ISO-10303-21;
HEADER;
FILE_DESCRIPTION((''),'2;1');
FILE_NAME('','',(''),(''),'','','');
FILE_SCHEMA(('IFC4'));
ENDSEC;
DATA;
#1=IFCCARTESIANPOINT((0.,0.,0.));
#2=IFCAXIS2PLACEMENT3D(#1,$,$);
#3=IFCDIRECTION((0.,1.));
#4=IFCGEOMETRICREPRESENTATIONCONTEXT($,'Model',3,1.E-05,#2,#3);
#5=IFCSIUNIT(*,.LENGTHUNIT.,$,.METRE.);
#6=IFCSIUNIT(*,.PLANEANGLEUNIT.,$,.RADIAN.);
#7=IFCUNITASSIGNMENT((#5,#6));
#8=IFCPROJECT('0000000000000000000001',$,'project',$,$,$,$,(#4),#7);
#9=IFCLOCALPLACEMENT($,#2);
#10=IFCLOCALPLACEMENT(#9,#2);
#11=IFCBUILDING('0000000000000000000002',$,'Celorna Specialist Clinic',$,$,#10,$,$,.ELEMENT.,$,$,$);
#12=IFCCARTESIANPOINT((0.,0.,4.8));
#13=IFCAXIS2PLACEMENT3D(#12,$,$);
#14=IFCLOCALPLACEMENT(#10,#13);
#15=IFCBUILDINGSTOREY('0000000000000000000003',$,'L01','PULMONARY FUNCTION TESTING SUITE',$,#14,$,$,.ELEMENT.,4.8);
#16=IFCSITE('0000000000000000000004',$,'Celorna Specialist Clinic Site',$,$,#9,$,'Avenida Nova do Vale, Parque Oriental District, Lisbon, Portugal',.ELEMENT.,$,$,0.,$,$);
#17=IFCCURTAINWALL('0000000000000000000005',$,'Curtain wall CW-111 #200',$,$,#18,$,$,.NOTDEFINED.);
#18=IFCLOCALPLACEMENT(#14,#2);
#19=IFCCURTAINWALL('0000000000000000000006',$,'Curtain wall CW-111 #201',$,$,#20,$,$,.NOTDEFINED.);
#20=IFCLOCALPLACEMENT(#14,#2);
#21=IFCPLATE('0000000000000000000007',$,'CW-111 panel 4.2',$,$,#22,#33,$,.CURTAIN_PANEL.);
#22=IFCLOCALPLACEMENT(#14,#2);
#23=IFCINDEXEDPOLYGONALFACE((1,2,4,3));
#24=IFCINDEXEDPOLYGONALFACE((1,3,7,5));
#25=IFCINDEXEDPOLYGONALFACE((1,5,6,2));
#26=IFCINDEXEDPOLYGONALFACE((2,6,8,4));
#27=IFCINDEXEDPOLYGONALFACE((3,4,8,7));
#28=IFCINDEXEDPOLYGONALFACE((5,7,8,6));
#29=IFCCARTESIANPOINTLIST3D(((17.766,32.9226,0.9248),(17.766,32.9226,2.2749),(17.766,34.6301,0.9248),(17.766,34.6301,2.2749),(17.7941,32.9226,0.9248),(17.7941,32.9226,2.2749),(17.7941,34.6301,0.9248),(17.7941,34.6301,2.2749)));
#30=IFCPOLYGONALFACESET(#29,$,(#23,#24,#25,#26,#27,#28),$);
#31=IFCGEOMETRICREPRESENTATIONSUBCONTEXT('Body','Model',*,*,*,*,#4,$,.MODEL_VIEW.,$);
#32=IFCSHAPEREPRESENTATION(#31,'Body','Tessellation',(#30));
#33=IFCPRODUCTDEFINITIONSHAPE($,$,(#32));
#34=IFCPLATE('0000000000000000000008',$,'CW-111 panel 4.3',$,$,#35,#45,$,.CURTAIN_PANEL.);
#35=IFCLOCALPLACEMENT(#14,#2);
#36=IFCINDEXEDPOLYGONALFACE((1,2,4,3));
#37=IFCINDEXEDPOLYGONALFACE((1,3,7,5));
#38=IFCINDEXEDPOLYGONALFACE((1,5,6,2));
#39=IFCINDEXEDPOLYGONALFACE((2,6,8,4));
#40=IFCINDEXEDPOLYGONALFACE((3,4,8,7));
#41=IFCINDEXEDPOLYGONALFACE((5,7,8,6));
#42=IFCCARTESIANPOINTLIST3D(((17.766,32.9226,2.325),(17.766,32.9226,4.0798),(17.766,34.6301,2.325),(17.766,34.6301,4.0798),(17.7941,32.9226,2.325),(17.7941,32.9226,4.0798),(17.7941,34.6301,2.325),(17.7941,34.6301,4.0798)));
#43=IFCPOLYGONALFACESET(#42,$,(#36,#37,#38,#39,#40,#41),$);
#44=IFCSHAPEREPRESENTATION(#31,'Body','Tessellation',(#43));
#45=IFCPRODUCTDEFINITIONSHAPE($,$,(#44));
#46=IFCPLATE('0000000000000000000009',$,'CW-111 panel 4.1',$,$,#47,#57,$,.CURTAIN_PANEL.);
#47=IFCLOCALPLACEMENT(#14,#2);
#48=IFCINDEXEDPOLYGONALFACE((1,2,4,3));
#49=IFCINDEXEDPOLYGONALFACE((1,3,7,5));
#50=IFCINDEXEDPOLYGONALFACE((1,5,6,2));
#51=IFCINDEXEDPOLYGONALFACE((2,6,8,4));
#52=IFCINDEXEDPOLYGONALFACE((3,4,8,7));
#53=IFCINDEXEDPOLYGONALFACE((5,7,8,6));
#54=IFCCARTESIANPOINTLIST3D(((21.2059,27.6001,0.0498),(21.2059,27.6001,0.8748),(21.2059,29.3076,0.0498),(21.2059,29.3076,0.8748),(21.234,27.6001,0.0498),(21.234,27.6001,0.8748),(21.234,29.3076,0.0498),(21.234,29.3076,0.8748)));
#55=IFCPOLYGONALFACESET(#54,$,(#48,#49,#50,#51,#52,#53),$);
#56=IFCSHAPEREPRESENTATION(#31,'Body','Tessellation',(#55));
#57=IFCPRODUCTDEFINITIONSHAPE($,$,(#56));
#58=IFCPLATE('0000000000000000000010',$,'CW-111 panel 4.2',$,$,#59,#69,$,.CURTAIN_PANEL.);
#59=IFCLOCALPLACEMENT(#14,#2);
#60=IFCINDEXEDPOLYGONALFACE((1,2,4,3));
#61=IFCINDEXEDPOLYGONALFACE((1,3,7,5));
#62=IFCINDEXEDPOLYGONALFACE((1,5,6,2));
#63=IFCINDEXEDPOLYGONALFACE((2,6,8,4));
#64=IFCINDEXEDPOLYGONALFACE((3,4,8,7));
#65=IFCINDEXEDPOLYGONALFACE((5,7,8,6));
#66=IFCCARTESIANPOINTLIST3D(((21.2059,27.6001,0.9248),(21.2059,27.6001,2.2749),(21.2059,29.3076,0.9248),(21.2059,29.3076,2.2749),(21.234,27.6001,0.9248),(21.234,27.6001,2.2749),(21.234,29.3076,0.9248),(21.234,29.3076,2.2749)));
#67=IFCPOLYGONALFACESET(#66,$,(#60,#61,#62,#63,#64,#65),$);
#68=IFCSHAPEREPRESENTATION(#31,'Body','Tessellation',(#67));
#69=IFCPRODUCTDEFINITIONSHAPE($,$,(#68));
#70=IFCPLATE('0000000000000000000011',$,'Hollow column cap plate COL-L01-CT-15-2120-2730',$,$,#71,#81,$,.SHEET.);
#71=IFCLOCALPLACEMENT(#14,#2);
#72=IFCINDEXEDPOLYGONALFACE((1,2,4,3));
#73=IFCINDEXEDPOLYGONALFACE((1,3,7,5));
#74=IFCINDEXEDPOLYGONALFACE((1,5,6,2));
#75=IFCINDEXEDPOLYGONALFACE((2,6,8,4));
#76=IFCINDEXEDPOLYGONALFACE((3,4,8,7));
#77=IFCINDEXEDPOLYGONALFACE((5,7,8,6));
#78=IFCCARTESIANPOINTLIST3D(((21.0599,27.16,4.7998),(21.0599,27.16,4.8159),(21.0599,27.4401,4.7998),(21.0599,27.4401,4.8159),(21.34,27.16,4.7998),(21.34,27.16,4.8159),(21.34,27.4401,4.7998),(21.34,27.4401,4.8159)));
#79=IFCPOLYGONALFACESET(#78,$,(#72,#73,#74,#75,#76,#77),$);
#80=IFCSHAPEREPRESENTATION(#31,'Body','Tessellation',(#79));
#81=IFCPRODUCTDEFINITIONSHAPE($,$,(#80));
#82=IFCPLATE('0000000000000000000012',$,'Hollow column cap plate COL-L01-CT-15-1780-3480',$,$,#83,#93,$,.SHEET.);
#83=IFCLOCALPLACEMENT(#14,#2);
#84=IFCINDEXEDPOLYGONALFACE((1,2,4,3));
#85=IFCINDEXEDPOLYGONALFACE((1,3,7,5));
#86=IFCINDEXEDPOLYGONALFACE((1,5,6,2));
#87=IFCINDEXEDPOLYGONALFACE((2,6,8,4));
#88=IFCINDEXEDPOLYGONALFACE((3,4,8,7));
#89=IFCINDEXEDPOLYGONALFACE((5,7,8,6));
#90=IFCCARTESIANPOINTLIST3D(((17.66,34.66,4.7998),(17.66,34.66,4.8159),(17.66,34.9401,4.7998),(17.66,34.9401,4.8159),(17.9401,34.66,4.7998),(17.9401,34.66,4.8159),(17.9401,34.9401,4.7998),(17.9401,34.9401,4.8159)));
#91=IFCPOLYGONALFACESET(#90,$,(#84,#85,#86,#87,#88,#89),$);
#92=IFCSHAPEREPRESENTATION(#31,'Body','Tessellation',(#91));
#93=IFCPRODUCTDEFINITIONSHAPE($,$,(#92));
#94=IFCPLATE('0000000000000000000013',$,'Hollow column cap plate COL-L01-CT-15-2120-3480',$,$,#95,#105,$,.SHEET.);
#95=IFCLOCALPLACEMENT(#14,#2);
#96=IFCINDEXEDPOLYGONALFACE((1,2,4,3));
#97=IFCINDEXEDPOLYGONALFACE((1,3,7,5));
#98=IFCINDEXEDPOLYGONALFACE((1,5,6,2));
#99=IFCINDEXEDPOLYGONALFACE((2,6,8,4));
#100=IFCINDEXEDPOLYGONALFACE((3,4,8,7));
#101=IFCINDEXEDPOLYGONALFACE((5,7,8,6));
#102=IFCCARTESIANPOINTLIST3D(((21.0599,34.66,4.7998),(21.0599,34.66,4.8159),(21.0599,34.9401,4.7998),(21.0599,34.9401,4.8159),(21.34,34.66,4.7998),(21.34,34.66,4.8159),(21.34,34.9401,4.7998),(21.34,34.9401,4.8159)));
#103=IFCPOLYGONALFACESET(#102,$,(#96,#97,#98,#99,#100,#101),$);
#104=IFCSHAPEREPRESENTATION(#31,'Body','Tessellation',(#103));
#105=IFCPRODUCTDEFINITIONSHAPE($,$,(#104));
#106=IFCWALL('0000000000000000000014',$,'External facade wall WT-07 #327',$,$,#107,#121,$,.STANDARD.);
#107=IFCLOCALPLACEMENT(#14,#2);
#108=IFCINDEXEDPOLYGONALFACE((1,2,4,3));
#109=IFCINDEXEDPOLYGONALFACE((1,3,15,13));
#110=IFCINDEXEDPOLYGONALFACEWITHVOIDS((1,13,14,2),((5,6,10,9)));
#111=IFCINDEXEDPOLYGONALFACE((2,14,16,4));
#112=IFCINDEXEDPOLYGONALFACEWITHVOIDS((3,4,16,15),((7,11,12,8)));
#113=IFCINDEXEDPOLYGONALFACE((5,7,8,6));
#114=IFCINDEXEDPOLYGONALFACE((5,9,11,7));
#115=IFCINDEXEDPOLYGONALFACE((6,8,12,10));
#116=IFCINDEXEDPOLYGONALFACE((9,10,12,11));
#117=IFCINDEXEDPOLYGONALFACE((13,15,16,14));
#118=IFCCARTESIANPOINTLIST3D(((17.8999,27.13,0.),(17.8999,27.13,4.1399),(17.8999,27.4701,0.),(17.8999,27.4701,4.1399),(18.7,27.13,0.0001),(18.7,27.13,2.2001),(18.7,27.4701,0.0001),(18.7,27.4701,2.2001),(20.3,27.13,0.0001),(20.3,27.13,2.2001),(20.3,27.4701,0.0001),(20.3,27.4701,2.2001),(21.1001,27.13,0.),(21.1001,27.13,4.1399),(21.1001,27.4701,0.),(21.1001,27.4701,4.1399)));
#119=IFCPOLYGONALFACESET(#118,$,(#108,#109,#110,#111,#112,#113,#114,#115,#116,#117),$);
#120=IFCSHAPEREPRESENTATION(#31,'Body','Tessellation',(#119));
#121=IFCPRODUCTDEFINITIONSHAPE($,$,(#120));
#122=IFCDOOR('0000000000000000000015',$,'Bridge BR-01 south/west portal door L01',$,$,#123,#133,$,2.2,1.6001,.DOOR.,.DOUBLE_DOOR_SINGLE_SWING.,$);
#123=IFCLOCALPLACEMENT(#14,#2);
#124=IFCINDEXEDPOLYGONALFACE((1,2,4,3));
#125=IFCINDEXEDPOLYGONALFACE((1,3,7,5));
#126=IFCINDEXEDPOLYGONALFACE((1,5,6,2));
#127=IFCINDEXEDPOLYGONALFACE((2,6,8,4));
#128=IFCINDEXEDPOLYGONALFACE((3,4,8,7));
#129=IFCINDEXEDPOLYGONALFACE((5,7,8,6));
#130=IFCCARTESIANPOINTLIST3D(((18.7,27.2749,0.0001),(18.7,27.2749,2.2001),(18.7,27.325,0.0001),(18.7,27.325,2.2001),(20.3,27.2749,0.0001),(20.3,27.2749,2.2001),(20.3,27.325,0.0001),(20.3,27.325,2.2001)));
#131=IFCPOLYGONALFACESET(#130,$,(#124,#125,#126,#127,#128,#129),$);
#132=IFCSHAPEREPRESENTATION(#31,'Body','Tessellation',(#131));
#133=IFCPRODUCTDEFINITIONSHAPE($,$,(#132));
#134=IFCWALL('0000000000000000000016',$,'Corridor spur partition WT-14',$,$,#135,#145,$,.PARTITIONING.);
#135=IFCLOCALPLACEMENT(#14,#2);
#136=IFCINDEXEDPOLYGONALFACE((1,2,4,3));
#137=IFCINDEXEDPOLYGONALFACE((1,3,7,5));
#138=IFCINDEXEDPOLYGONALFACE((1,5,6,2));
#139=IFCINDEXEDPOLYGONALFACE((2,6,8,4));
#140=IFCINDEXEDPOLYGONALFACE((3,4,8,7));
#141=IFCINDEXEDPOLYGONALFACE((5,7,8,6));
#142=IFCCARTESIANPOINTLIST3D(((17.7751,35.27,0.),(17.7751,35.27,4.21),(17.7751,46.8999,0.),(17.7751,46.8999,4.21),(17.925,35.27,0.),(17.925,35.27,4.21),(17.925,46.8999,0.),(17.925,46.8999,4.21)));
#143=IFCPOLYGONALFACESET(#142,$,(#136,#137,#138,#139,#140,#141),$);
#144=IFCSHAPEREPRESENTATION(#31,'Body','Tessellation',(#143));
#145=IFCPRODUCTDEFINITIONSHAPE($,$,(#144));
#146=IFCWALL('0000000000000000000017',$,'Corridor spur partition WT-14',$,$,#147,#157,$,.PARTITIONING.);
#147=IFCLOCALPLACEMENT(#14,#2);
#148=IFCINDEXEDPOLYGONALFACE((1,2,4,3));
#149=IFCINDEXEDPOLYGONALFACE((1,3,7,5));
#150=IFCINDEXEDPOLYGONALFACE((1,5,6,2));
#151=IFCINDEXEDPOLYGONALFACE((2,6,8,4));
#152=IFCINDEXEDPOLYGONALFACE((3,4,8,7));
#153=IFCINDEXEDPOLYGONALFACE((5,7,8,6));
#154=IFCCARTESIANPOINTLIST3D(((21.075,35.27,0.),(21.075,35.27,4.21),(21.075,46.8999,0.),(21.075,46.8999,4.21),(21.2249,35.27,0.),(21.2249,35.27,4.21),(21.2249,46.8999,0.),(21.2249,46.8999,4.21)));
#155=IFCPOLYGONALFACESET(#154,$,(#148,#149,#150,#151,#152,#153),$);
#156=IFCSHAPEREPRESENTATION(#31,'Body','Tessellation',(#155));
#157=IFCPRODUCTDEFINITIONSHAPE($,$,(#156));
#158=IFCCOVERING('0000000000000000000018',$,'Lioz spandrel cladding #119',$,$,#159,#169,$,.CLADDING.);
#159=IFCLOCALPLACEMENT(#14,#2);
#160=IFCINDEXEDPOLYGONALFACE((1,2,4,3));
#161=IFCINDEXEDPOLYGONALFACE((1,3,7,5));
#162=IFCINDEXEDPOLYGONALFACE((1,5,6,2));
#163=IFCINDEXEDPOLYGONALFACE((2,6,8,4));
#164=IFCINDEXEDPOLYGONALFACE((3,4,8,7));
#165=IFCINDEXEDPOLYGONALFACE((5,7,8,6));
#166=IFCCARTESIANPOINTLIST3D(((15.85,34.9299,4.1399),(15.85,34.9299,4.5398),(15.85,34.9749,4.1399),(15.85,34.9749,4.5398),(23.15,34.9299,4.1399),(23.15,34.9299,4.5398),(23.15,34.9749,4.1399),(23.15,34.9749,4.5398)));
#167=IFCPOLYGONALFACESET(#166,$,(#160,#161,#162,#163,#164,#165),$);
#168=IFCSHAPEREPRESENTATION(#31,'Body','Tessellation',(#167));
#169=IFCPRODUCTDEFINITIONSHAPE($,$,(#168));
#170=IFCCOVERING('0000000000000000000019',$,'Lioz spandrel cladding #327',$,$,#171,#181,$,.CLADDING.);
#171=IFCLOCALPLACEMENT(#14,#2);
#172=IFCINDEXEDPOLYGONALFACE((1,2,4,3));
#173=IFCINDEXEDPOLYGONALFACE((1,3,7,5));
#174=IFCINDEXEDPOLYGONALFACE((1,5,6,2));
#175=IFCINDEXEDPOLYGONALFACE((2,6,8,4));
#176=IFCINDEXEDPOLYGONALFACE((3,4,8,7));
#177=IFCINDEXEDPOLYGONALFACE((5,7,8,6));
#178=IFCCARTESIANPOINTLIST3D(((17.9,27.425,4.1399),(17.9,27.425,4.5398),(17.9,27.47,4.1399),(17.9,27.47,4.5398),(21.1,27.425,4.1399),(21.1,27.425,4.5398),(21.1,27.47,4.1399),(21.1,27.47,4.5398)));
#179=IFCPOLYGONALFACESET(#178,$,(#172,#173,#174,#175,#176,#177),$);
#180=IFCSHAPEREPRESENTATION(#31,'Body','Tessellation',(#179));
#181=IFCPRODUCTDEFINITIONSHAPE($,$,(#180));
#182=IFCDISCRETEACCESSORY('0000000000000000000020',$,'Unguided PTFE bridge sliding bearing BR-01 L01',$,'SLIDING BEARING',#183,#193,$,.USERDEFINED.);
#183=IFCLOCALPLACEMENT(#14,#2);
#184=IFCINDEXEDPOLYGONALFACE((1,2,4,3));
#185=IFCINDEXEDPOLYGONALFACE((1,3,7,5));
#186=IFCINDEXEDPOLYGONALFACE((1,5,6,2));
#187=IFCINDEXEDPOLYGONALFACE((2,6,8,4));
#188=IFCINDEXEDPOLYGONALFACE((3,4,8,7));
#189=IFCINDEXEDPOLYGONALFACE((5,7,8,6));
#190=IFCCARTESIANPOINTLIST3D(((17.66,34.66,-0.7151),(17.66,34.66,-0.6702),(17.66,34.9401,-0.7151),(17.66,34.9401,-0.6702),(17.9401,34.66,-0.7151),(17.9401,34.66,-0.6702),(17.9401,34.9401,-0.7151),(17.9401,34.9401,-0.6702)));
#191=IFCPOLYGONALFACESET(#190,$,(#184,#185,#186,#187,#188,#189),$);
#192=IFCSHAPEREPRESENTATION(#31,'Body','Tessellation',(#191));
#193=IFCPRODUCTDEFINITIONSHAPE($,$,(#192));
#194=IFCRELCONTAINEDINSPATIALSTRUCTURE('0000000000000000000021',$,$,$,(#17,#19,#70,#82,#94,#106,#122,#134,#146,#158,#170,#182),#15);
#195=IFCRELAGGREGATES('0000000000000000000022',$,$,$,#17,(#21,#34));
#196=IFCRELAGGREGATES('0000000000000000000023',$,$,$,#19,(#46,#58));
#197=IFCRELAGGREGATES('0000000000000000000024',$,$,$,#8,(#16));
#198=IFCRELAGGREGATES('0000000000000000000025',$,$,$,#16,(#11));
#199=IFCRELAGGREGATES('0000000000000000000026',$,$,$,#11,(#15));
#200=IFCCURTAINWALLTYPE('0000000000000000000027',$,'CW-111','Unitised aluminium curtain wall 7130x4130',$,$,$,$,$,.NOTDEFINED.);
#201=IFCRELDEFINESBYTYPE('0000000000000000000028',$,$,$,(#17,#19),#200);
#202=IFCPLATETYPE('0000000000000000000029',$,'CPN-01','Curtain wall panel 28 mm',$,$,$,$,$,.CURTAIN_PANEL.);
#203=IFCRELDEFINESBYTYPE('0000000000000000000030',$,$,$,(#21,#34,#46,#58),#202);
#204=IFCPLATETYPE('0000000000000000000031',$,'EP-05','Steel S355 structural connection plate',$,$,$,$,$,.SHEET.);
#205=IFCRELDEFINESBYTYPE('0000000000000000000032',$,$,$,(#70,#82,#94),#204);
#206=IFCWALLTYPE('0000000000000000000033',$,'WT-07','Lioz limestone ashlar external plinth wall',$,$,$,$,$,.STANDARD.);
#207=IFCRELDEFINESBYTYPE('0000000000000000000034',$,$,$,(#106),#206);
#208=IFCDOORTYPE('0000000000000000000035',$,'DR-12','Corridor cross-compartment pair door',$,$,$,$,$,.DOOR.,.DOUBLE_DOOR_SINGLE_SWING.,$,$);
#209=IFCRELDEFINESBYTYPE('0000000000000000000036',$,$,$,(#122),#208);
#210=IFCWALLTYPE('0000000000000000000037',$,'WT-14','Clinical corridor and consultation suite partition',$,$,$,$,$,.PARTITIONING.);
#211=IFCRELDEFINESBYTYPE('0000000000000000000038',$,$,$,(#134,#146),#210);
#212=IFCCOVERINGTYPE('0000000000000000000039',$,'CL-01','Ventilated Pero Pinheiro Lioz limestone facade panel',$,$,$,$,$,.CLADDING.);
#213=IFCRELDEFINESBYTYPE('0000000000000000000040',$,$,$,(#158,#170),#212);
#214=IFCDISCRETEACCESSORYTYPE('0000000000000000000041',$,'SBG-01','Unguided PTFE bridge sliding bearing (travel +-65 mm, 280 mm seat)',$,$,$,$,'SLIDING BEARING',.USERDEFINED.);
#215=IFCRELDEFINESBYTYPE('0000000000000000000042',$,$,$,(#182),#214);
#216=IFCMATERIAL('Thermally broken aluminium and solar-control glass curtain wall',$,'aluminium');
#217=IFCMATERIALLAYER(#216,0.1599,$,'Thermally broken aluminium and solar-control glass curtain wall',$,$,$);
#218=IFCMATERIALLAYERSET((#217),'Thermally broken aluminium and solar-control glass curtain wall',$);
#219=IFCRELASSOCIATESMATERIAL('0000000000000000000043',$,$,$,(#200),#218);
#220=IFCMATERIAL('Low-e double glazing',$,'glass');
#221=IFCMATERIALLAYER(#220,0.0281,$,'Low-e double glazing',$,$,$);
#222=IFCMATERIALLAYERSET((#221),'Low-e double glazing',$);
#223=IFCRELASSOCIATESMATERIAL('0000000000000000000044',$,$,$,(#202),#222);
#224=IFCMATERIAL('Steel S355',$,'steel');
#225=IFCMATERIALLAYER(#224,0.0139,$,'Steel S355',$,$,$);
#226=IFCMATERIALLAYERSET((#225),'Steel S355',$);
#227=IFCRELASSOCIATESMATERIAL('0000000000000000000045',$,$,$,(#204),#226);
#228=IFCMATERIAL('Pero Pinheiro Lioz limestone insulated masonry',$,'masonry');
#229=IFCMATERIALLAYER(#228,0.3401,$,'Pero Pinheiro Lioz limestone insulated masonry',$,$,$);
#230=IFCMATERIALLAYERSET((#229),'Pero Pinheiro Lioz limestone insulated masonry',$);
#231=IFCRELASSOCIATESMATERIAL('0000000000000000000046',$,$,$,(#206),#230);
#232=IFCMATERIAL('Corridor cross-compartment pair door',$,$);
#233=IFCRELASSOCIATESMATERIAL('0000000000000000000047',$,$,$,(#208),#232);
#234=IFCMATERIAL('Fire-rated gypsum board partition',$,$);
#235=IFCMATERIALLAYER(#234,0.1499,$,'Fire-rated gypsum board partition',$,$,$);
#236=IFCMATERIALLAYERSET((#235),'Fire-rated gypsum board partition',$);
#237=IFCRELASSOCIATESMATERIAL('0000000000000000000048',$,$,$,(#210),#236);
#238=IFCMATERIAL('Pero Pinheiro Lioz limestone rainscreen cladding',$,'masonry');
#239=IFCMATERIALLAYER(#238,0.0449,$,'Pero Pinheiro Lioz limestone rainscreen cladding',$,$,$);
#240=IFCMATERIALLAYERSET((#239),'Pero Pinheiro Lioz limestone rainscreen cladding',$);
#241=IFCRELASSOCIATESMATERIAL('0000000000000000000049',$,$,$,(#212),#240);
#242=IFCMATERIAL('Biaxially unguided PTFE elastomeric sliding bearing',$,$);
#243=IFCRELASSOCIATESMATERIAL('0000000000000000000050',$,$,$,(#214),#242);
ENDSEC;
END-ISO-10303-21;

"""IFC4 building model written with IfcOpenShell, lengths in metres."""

from ifc_helpers import new_model, si_unit, direction, frame, frame_2d, origin, origin_2d, place, context, subcontext, project, spatial, rectangle, extrude, material, layer, layer_set, type_object, element, fill, aggregate, save


model = new_model("IFC4")

# Units and contexts
model_context = context("Model", 3, precision=1e-05, world=origin(), true_north=direction((0.0, 1.0)))
body_context = subcontext(model_context, "Body", "Model", "MODEL_VIEW")
ifc_project = project(units=[si_unit("LENGTHUNIT", "METRE"), si_unit("PLANEANGLEUNIT", "RADIAN")], contexts=[model_context])

# Site, building, storey
site_placement = place(None, origin())
site = spatial("IfcSite", under=ifc_project, at=site_placement, Name="Celorna Specialist Clinic Site", LongName="Avenida Nova do Vale, Parque Oriental District, Lisbon, Portugal", CompositionType="ELEMENT", RefElevation=0.0)
building_placement = place(site_placement, origin())
building = spatial("IfcBuilding", under=site, at=building_placement, Name="Celorna Specialist Clinic", CompositionType="ELEMENT")
storey_placement = place(building_placement, frame((0.0, 0.0, 4.8)))
storey = spatial("IfcBuildingStorey", under=building, at=storey_placement, Name="L01", Description="PULMONARY FUNCTION TESTING SUITE", CompositionType="ELEMENT", Elevation=4.8)

# Shared definitions
ifc_material_1 = material(Name="Steel S355", Category="steel")

# Curtain wall
ifc_material_2 = material(Name="Thermally broken aluminium and solar-control glass curtain wall", Category="aluminium")
ifc_layer_1 = layer(ifc_material_2, 0.1599, Name="Thermally broken aluminium and solar-control glass curtain wall")
ifc_layer_set_1 = layer_set([ifc_layer_1], Name="Thermally broken aluminium and solar-control glass curtain wall")
curtain_wall_type = type_object("IfcCurtainWallType", Name="CW-111", Description="Unitised aluminium curtain wall 7130x4130", PredefinedType="NOTDEFINED", material=ifc_layer_set_1)
curtain_wall_1_placement = place(storey_placement, origin())
curtain_wall_1 = element("IfcCurtainWall", 1, at=curtain_wall_1_placement, inside=storey, type_object=curtain_wall_type, Name="Curtain wall CW-111 #200", PredefinedType="NOTDEFINED")

# Curtain wall
curtain_wall_2_placement = place(storey_placement, origin())
curtain_wall_2 = element("IfcCurtainWall", 2, at=curtain_wall_2_placement, inside=storey, type_object=curtain_wall_type, Name="Curtain wall CW-111 #201", PredefinedType="NOTDEFINED")

# Plates
ifc_material_3 = material(Name="Low-e double glazing", Category="glass")
ifc_layer_2 = layer(ifc_material_3, 0.0281, Name="Low-e double glazing")
ifc_layer_set_2 = layer_set([ifc_layer_2], Name="Low-e double glazing")
plate_type_1 = type_object("IfcPlateType", Name="CPN-01", Description="Curtain wall panel 28 mm", PredefinedType="CURTAIN_PANEL", material=ifc_layer_set_2)
plate_1_placement = place(storey_placement, frame((17.78, 33.7764, 0.9248), z_axis=(0.0, 0.0, 1.0), x_axis=(0.0, 1.0, 0.0)))
plate_1 = element("IfcPlate", 3, at=plate_1_placement, type_object=plate_type_1, Name="CW-111 panel 4.2", PredefinedType="CURTAIN_PANEL", context=body_context, shape_type="SweptSolid", body=[
    extrude(rectangle(XDim=1.7075, YDim=0.0281, at=origin_2d()), origin(), (0.0, 0.0, 1.0), 1.3501),
])
plate_2_placement = place(storey_placement, frame((17.78, 33.7764, 2.325), z_axis=(0.0, 0.0, 1.0), x_axis=(0.0, 1.0, 0.0)))
plate_2 = element("IfcPlate", 4, at=plate_2_placement, type_object=plate_type_1, Name="CW-111 panel 4.3", PredefinedType="CURTAIN_PANEL", context=body_context, shape_type="SweptSolid", body=[
    extrude(rectangle(XDim=1.7075, YDim=0.0281, at=origin_2d()), origin(), (0.0, 0.0, 1.0), 1.7549),
])
aggregate(curtain_wall_1, [plate_1, plate_2])
plate_3_placement = place(storey_placement, frame((21.22, 28.4539, 0.0498), z_axis=(0.0, 0.0, 1.0), x_axis=(0.0, -1.0, 0.0)))
plate_3 = element("IfcPlate", 5, at=plate_3_placement, type_object=plate_type_1, Name="CW-111 panel 4.1", PredefinedType="CURTAIN_PANEL", context=body_context, shape_type="SweptSolid", body=[
    extrude(rectangle(XDim=1.7075, YDim=0.0281, at=origin_2d()), origin(), (0.0, 0.0, 1.0), 0.825),
])
plate_4_placement = place(storey_placement, frame((21.22, 28.4539, 0.9248), z_axis=(0.0, 0.0, 1.0), x_axis=(0.0, -1.0, 0.0)))
plate_4 = element("IfcPlate", 6, at=plate_4_placement, type_object=plate_type_1, Name="CW-111 panel 4.2", PredefinedType="CURTAIN_PANEL", context=body_context, shape_type="SweptSolid", body=[
    extrude(rectangle(XDim=1.7075, YDim=0.0281, at=origin_2d()), origin(), (0.0, 0.0, 1.0), 1.3501),
])
aggregate(curtain_wall_2, [plate_3, plate_4])

# Plates
ifc_layer_3 = layer(ifc_material_1, 0.0139, Name="Steel S355")
ifc_layer_set_3 = layer_set([ifc_layer_3], Name="Steel S355")
plate_type_2 = type_object("IfcPlateType", Name="EP-05", Description="Steel S355 structural connection plate", PredefinedType="SHEET", material=ifc_layer_set_3)
for number, where, z_axis, x_axis, name in (
    (7, (21.2, 27.3, 4.7998), (0.0, 0.0, 1.0), (1.0, 0.0, 0.0), "Hollow column cap plate COL-L01-CT-15-2120-2730"),
    (8, (17.8, 34.8, 4.7998), (0.0, 0.0, 1.0), (1.0, 0.0, 0.0), "Hollow column cap plate COL-L01-CT-15-1780-3480"),
    (9, (21.2, 34.8, 4.7998), (0.0, 0.0, 1.0), (1.0, 0.0, 0.0), "Hollow column cap plate COL-L01-CT-15-2120-3480"),
):
    element("IfcPlate", number, at=place(storey_placement, frame(where, z_axis=z_axis, x_axis=x_axis)), inside=storey, type_object=plate_type_2, Name=name, PredefinedType="SHEET", context=body_context, shape_type="SweptSolid", body=[
        extrude(rectangle(XDim=0.28, YDim=0.28, at=origin_2d()), origin(), (0.0, 0.0, 1.0), 0.0161),
    ])

# Wall, opening, door
ifc_material_4 = material(Name="Pero Pinheiro Lioz limestone insulated masonry", Category="masonry")
ifc_layer_4 = layer(ifc_material_4, 0.3401, Name="Pero Pinheiro Lioz limestone insulated masonry")
ifc_layer_set_4 = layer_set([ifc_layer_4], Name="Pero Pinheiro Lioz limestone insulated masonry")
wall_type_1 = type_object("IfcWallType", Name="WT-07", Description="Lioz limestone ashlar external plinth wall", PredefinedType="STANDARD", material=ifc_layer_set_4)
wall_placement = place(storey_placement, frame((17.8999, 27.3, 0.0), z_axis=(0.0, 0.0, 1.0), x_axis=(1.0, 0.0, 0.0)))
wall = element("IfcWall", 10, at=wall_placement, inside=storey, type_object=wall_type_1, Name="External facade wall WT-07 #327", PredefinedType="STANDARD", context=body_context, shape_type="SweptSolid", body=[
    extrude(rectangle(XDim=3.2002, YDim=0.3401, at=frame_2d((1.6001, 0.0))), origin(), (0.0, 0.0, 1.0), 4.1399),
])
opening_placement = place(wall_placement, frame((0.8, 0.0, 0.0)))
opening = element("IfcOpeningElement", 11, at=opening_placement, cuts=wall, PredefinedType="OPENING", context=body_context, shape_type="SweptSolid", body=[
    extrude(rectangle(XDim=1.6001, YDim=2.2, at=frame_2d((0.8, 1.1001))), frame((0.0, 0.1799, 0.0), z_axis=(0.0, -1.0, 0.0), x_axis=(1.0, 0.0, 0.0)), (0.0, 0.0, 1.0), 0.3601),
])
ifc_material_5 = material(Name="Corridor cross-compartment pair door")
door_type = type_object("IfcDoorType", Name="DR-12", Description="Corridor cross-compartment pair door", OperationType="DOUBLE_DOOR_SINGLE_SWING", PredefinedType="DOOR", material=ifc_material_5)
door_placement = place(opening_placement, origin())
door = element("IfcDoor", 12, at=door_placement, inside=storey, type_object=door_type, Name="Bridge BR-01 south/west portal door L01", OperationType="DOUBLE_DOOR_SINGLE_SWING", OverallHeight=2.2, OverallWidth=1.6001, PredefinedType="DOOR", context=body_context, shape_type="SweptSolid", body=[
    extrude(rectangle(XDim=1.6001, YDim=2.2, at=frame_2d((0.8, 1.1001))), frame((0.0, 0.0249, 0.0), z_axis=(0.0, -1.0, 0.0), x_axis=(1.0, 0.0, 0.0)), (0.0, 0.0, 1.0), 0.05),
])
fill(opening, door)

# Walls
ifc_material_6 = material(Name="Fire-rated gypsum board partition")
ifc_layer_5 = layer(ifc_material_6, 0.1499, Name="Fire-rated gypsum board partition")
ifc_layer_set_5 = layer_set([ifc_layer_5], Name="Fire-rated gypsum board partition")
wall_type_2 = type_object("IfcWallType", Name="WT-14", Description="Clinical corridor and consultation suite partition", PredefinedType="PARTITIONING", material=ifc_layer_set_5)
for number, where, z_axis, x_axis, name in (
    (13, (17.8501, 35.27, 0.0), (0.0, 0.0, 1.0), (0.0, 1.0, 0.0), "Corridor spur partition WT-14"),
    (14, (21.1499, 35.27, 0.0), (0.0, 0.0, 1.0), (0.0, 1.0, 0.0), "Corridor spur partition WT-14"),
):
    element("IfcWall", number, at=place(storey_placement, frame(where, z_axis=z_axis, x_axis=x_axis)), inside=storey, type_object=wall_type_2, Name=name, PredefinedType="PARTITIONING", context=body_context, shape_type="SweptSolid", body=[
        extrude(rectangle(XDim=11.6299, YDim=0.1499, at=frame_2d((5.8149, 0.0))), origin(), (0.0, 0.0, 1.0), 4.21),
    ])

# Coverings
ifc_material_7 = material(Name="Pero Pinheiro Lioz limestone rainscreen cladding", Category="masonry")
ifc_layer_6 = layer(ifc_material_7, 0.0449, Name="Pero Pinheiro Lioz limestone rainscreen cladding")
ifc_layer_set_6 = layer_set([ifc_layer_6], Name="Pero Pinheiro Lioz limestone rainscreen cladding")
covering_type = type_object("IfcCoveringType", Name="CL-01", Description="Ventilated Pero Pinheiro Lioz limestone facade panel", PredefinedType="CLADDING", material=ifc_layer_set_6)
covering_1_placement = place(storey_placement, frame((19.5, 34.9524, 4.1399), z_axis=(0.0, 0.0, 1.0), x_axis=(-1.0, 0.0, 0.0)))
element("IfcCovering", 15, at=covering_1_placement, inside=storey, type_object=covering_type, Name="Lioz spandrel cladding #119", PredefinedType="CLADDING", context=body_context, shape_type="SweptSolid", body=[
    extrude(rectangle(XDim=7.3, YDim=0.0449, at=origin_2d()), origin(), (0.0, 0.0, 1.0), 0.3999),
])
covering_2_placement = place(storey_placement, frame((19.5, 27.4475, 4.1399), z_axis=(0.0, 0.0, 1.0), x_axis=(1.0, 0.0, 0.0)))
element("IfcCovering", 16, at=covering_2_placement, inside=storey, type_object=covering_type, Name="Lioz spandrel cladding #327", PredefinedType="CLADDING", context=body_context, shape_type="SweptSolid", body=[
    extrude(rectangle(XDim=3.2, YDim=0.0449, at=origin_2d()), origin(), (0.0, 0.0, 1.0), 0.3999),
])

# Discrete accessory
ifc_material_8 = material(Name="Biaxially unguided PTFE elastomeric sliding bearing")
discrete_accessory_type = type_object("IfcDiscreteAccessoryType", Name="SBG-01", Description="Unguided PTFE bridge sliding bearing (travel +-65 mm, 280 mm seat)", ElementType="SLIDING BEARING", PredefinedType="USERDEFINED", material=ifc_material_8)
for number, where, z_axis, x_axis, name in (
    (17, (17.8, 34.8, -0.7151), (0.0, 0.0, 1.0), (1.0, 0.0, 0.0), "Unguided PTFE bridge sliding bearing BR-01 L01"),
):
    element("IfcDiscreteAccessory", number, at=place(storey_placement, frame(where, z_axis=z_axis, x_axis=x_axis)), inside=storey, type_object=discrete_accessory_type, Name=name, ObjectType="SLIDING BEARING", PredefinedType="USERDEFINED", context=body_context, shape_type="SweptSolid", body=[
        extrude(rectangle(XDim=0.28, YDim=0.28, at=origin_2d()), origin(), (0.0, 0.0, 1.0), 0.0449),
    ])

save(model, "model.ifc")
